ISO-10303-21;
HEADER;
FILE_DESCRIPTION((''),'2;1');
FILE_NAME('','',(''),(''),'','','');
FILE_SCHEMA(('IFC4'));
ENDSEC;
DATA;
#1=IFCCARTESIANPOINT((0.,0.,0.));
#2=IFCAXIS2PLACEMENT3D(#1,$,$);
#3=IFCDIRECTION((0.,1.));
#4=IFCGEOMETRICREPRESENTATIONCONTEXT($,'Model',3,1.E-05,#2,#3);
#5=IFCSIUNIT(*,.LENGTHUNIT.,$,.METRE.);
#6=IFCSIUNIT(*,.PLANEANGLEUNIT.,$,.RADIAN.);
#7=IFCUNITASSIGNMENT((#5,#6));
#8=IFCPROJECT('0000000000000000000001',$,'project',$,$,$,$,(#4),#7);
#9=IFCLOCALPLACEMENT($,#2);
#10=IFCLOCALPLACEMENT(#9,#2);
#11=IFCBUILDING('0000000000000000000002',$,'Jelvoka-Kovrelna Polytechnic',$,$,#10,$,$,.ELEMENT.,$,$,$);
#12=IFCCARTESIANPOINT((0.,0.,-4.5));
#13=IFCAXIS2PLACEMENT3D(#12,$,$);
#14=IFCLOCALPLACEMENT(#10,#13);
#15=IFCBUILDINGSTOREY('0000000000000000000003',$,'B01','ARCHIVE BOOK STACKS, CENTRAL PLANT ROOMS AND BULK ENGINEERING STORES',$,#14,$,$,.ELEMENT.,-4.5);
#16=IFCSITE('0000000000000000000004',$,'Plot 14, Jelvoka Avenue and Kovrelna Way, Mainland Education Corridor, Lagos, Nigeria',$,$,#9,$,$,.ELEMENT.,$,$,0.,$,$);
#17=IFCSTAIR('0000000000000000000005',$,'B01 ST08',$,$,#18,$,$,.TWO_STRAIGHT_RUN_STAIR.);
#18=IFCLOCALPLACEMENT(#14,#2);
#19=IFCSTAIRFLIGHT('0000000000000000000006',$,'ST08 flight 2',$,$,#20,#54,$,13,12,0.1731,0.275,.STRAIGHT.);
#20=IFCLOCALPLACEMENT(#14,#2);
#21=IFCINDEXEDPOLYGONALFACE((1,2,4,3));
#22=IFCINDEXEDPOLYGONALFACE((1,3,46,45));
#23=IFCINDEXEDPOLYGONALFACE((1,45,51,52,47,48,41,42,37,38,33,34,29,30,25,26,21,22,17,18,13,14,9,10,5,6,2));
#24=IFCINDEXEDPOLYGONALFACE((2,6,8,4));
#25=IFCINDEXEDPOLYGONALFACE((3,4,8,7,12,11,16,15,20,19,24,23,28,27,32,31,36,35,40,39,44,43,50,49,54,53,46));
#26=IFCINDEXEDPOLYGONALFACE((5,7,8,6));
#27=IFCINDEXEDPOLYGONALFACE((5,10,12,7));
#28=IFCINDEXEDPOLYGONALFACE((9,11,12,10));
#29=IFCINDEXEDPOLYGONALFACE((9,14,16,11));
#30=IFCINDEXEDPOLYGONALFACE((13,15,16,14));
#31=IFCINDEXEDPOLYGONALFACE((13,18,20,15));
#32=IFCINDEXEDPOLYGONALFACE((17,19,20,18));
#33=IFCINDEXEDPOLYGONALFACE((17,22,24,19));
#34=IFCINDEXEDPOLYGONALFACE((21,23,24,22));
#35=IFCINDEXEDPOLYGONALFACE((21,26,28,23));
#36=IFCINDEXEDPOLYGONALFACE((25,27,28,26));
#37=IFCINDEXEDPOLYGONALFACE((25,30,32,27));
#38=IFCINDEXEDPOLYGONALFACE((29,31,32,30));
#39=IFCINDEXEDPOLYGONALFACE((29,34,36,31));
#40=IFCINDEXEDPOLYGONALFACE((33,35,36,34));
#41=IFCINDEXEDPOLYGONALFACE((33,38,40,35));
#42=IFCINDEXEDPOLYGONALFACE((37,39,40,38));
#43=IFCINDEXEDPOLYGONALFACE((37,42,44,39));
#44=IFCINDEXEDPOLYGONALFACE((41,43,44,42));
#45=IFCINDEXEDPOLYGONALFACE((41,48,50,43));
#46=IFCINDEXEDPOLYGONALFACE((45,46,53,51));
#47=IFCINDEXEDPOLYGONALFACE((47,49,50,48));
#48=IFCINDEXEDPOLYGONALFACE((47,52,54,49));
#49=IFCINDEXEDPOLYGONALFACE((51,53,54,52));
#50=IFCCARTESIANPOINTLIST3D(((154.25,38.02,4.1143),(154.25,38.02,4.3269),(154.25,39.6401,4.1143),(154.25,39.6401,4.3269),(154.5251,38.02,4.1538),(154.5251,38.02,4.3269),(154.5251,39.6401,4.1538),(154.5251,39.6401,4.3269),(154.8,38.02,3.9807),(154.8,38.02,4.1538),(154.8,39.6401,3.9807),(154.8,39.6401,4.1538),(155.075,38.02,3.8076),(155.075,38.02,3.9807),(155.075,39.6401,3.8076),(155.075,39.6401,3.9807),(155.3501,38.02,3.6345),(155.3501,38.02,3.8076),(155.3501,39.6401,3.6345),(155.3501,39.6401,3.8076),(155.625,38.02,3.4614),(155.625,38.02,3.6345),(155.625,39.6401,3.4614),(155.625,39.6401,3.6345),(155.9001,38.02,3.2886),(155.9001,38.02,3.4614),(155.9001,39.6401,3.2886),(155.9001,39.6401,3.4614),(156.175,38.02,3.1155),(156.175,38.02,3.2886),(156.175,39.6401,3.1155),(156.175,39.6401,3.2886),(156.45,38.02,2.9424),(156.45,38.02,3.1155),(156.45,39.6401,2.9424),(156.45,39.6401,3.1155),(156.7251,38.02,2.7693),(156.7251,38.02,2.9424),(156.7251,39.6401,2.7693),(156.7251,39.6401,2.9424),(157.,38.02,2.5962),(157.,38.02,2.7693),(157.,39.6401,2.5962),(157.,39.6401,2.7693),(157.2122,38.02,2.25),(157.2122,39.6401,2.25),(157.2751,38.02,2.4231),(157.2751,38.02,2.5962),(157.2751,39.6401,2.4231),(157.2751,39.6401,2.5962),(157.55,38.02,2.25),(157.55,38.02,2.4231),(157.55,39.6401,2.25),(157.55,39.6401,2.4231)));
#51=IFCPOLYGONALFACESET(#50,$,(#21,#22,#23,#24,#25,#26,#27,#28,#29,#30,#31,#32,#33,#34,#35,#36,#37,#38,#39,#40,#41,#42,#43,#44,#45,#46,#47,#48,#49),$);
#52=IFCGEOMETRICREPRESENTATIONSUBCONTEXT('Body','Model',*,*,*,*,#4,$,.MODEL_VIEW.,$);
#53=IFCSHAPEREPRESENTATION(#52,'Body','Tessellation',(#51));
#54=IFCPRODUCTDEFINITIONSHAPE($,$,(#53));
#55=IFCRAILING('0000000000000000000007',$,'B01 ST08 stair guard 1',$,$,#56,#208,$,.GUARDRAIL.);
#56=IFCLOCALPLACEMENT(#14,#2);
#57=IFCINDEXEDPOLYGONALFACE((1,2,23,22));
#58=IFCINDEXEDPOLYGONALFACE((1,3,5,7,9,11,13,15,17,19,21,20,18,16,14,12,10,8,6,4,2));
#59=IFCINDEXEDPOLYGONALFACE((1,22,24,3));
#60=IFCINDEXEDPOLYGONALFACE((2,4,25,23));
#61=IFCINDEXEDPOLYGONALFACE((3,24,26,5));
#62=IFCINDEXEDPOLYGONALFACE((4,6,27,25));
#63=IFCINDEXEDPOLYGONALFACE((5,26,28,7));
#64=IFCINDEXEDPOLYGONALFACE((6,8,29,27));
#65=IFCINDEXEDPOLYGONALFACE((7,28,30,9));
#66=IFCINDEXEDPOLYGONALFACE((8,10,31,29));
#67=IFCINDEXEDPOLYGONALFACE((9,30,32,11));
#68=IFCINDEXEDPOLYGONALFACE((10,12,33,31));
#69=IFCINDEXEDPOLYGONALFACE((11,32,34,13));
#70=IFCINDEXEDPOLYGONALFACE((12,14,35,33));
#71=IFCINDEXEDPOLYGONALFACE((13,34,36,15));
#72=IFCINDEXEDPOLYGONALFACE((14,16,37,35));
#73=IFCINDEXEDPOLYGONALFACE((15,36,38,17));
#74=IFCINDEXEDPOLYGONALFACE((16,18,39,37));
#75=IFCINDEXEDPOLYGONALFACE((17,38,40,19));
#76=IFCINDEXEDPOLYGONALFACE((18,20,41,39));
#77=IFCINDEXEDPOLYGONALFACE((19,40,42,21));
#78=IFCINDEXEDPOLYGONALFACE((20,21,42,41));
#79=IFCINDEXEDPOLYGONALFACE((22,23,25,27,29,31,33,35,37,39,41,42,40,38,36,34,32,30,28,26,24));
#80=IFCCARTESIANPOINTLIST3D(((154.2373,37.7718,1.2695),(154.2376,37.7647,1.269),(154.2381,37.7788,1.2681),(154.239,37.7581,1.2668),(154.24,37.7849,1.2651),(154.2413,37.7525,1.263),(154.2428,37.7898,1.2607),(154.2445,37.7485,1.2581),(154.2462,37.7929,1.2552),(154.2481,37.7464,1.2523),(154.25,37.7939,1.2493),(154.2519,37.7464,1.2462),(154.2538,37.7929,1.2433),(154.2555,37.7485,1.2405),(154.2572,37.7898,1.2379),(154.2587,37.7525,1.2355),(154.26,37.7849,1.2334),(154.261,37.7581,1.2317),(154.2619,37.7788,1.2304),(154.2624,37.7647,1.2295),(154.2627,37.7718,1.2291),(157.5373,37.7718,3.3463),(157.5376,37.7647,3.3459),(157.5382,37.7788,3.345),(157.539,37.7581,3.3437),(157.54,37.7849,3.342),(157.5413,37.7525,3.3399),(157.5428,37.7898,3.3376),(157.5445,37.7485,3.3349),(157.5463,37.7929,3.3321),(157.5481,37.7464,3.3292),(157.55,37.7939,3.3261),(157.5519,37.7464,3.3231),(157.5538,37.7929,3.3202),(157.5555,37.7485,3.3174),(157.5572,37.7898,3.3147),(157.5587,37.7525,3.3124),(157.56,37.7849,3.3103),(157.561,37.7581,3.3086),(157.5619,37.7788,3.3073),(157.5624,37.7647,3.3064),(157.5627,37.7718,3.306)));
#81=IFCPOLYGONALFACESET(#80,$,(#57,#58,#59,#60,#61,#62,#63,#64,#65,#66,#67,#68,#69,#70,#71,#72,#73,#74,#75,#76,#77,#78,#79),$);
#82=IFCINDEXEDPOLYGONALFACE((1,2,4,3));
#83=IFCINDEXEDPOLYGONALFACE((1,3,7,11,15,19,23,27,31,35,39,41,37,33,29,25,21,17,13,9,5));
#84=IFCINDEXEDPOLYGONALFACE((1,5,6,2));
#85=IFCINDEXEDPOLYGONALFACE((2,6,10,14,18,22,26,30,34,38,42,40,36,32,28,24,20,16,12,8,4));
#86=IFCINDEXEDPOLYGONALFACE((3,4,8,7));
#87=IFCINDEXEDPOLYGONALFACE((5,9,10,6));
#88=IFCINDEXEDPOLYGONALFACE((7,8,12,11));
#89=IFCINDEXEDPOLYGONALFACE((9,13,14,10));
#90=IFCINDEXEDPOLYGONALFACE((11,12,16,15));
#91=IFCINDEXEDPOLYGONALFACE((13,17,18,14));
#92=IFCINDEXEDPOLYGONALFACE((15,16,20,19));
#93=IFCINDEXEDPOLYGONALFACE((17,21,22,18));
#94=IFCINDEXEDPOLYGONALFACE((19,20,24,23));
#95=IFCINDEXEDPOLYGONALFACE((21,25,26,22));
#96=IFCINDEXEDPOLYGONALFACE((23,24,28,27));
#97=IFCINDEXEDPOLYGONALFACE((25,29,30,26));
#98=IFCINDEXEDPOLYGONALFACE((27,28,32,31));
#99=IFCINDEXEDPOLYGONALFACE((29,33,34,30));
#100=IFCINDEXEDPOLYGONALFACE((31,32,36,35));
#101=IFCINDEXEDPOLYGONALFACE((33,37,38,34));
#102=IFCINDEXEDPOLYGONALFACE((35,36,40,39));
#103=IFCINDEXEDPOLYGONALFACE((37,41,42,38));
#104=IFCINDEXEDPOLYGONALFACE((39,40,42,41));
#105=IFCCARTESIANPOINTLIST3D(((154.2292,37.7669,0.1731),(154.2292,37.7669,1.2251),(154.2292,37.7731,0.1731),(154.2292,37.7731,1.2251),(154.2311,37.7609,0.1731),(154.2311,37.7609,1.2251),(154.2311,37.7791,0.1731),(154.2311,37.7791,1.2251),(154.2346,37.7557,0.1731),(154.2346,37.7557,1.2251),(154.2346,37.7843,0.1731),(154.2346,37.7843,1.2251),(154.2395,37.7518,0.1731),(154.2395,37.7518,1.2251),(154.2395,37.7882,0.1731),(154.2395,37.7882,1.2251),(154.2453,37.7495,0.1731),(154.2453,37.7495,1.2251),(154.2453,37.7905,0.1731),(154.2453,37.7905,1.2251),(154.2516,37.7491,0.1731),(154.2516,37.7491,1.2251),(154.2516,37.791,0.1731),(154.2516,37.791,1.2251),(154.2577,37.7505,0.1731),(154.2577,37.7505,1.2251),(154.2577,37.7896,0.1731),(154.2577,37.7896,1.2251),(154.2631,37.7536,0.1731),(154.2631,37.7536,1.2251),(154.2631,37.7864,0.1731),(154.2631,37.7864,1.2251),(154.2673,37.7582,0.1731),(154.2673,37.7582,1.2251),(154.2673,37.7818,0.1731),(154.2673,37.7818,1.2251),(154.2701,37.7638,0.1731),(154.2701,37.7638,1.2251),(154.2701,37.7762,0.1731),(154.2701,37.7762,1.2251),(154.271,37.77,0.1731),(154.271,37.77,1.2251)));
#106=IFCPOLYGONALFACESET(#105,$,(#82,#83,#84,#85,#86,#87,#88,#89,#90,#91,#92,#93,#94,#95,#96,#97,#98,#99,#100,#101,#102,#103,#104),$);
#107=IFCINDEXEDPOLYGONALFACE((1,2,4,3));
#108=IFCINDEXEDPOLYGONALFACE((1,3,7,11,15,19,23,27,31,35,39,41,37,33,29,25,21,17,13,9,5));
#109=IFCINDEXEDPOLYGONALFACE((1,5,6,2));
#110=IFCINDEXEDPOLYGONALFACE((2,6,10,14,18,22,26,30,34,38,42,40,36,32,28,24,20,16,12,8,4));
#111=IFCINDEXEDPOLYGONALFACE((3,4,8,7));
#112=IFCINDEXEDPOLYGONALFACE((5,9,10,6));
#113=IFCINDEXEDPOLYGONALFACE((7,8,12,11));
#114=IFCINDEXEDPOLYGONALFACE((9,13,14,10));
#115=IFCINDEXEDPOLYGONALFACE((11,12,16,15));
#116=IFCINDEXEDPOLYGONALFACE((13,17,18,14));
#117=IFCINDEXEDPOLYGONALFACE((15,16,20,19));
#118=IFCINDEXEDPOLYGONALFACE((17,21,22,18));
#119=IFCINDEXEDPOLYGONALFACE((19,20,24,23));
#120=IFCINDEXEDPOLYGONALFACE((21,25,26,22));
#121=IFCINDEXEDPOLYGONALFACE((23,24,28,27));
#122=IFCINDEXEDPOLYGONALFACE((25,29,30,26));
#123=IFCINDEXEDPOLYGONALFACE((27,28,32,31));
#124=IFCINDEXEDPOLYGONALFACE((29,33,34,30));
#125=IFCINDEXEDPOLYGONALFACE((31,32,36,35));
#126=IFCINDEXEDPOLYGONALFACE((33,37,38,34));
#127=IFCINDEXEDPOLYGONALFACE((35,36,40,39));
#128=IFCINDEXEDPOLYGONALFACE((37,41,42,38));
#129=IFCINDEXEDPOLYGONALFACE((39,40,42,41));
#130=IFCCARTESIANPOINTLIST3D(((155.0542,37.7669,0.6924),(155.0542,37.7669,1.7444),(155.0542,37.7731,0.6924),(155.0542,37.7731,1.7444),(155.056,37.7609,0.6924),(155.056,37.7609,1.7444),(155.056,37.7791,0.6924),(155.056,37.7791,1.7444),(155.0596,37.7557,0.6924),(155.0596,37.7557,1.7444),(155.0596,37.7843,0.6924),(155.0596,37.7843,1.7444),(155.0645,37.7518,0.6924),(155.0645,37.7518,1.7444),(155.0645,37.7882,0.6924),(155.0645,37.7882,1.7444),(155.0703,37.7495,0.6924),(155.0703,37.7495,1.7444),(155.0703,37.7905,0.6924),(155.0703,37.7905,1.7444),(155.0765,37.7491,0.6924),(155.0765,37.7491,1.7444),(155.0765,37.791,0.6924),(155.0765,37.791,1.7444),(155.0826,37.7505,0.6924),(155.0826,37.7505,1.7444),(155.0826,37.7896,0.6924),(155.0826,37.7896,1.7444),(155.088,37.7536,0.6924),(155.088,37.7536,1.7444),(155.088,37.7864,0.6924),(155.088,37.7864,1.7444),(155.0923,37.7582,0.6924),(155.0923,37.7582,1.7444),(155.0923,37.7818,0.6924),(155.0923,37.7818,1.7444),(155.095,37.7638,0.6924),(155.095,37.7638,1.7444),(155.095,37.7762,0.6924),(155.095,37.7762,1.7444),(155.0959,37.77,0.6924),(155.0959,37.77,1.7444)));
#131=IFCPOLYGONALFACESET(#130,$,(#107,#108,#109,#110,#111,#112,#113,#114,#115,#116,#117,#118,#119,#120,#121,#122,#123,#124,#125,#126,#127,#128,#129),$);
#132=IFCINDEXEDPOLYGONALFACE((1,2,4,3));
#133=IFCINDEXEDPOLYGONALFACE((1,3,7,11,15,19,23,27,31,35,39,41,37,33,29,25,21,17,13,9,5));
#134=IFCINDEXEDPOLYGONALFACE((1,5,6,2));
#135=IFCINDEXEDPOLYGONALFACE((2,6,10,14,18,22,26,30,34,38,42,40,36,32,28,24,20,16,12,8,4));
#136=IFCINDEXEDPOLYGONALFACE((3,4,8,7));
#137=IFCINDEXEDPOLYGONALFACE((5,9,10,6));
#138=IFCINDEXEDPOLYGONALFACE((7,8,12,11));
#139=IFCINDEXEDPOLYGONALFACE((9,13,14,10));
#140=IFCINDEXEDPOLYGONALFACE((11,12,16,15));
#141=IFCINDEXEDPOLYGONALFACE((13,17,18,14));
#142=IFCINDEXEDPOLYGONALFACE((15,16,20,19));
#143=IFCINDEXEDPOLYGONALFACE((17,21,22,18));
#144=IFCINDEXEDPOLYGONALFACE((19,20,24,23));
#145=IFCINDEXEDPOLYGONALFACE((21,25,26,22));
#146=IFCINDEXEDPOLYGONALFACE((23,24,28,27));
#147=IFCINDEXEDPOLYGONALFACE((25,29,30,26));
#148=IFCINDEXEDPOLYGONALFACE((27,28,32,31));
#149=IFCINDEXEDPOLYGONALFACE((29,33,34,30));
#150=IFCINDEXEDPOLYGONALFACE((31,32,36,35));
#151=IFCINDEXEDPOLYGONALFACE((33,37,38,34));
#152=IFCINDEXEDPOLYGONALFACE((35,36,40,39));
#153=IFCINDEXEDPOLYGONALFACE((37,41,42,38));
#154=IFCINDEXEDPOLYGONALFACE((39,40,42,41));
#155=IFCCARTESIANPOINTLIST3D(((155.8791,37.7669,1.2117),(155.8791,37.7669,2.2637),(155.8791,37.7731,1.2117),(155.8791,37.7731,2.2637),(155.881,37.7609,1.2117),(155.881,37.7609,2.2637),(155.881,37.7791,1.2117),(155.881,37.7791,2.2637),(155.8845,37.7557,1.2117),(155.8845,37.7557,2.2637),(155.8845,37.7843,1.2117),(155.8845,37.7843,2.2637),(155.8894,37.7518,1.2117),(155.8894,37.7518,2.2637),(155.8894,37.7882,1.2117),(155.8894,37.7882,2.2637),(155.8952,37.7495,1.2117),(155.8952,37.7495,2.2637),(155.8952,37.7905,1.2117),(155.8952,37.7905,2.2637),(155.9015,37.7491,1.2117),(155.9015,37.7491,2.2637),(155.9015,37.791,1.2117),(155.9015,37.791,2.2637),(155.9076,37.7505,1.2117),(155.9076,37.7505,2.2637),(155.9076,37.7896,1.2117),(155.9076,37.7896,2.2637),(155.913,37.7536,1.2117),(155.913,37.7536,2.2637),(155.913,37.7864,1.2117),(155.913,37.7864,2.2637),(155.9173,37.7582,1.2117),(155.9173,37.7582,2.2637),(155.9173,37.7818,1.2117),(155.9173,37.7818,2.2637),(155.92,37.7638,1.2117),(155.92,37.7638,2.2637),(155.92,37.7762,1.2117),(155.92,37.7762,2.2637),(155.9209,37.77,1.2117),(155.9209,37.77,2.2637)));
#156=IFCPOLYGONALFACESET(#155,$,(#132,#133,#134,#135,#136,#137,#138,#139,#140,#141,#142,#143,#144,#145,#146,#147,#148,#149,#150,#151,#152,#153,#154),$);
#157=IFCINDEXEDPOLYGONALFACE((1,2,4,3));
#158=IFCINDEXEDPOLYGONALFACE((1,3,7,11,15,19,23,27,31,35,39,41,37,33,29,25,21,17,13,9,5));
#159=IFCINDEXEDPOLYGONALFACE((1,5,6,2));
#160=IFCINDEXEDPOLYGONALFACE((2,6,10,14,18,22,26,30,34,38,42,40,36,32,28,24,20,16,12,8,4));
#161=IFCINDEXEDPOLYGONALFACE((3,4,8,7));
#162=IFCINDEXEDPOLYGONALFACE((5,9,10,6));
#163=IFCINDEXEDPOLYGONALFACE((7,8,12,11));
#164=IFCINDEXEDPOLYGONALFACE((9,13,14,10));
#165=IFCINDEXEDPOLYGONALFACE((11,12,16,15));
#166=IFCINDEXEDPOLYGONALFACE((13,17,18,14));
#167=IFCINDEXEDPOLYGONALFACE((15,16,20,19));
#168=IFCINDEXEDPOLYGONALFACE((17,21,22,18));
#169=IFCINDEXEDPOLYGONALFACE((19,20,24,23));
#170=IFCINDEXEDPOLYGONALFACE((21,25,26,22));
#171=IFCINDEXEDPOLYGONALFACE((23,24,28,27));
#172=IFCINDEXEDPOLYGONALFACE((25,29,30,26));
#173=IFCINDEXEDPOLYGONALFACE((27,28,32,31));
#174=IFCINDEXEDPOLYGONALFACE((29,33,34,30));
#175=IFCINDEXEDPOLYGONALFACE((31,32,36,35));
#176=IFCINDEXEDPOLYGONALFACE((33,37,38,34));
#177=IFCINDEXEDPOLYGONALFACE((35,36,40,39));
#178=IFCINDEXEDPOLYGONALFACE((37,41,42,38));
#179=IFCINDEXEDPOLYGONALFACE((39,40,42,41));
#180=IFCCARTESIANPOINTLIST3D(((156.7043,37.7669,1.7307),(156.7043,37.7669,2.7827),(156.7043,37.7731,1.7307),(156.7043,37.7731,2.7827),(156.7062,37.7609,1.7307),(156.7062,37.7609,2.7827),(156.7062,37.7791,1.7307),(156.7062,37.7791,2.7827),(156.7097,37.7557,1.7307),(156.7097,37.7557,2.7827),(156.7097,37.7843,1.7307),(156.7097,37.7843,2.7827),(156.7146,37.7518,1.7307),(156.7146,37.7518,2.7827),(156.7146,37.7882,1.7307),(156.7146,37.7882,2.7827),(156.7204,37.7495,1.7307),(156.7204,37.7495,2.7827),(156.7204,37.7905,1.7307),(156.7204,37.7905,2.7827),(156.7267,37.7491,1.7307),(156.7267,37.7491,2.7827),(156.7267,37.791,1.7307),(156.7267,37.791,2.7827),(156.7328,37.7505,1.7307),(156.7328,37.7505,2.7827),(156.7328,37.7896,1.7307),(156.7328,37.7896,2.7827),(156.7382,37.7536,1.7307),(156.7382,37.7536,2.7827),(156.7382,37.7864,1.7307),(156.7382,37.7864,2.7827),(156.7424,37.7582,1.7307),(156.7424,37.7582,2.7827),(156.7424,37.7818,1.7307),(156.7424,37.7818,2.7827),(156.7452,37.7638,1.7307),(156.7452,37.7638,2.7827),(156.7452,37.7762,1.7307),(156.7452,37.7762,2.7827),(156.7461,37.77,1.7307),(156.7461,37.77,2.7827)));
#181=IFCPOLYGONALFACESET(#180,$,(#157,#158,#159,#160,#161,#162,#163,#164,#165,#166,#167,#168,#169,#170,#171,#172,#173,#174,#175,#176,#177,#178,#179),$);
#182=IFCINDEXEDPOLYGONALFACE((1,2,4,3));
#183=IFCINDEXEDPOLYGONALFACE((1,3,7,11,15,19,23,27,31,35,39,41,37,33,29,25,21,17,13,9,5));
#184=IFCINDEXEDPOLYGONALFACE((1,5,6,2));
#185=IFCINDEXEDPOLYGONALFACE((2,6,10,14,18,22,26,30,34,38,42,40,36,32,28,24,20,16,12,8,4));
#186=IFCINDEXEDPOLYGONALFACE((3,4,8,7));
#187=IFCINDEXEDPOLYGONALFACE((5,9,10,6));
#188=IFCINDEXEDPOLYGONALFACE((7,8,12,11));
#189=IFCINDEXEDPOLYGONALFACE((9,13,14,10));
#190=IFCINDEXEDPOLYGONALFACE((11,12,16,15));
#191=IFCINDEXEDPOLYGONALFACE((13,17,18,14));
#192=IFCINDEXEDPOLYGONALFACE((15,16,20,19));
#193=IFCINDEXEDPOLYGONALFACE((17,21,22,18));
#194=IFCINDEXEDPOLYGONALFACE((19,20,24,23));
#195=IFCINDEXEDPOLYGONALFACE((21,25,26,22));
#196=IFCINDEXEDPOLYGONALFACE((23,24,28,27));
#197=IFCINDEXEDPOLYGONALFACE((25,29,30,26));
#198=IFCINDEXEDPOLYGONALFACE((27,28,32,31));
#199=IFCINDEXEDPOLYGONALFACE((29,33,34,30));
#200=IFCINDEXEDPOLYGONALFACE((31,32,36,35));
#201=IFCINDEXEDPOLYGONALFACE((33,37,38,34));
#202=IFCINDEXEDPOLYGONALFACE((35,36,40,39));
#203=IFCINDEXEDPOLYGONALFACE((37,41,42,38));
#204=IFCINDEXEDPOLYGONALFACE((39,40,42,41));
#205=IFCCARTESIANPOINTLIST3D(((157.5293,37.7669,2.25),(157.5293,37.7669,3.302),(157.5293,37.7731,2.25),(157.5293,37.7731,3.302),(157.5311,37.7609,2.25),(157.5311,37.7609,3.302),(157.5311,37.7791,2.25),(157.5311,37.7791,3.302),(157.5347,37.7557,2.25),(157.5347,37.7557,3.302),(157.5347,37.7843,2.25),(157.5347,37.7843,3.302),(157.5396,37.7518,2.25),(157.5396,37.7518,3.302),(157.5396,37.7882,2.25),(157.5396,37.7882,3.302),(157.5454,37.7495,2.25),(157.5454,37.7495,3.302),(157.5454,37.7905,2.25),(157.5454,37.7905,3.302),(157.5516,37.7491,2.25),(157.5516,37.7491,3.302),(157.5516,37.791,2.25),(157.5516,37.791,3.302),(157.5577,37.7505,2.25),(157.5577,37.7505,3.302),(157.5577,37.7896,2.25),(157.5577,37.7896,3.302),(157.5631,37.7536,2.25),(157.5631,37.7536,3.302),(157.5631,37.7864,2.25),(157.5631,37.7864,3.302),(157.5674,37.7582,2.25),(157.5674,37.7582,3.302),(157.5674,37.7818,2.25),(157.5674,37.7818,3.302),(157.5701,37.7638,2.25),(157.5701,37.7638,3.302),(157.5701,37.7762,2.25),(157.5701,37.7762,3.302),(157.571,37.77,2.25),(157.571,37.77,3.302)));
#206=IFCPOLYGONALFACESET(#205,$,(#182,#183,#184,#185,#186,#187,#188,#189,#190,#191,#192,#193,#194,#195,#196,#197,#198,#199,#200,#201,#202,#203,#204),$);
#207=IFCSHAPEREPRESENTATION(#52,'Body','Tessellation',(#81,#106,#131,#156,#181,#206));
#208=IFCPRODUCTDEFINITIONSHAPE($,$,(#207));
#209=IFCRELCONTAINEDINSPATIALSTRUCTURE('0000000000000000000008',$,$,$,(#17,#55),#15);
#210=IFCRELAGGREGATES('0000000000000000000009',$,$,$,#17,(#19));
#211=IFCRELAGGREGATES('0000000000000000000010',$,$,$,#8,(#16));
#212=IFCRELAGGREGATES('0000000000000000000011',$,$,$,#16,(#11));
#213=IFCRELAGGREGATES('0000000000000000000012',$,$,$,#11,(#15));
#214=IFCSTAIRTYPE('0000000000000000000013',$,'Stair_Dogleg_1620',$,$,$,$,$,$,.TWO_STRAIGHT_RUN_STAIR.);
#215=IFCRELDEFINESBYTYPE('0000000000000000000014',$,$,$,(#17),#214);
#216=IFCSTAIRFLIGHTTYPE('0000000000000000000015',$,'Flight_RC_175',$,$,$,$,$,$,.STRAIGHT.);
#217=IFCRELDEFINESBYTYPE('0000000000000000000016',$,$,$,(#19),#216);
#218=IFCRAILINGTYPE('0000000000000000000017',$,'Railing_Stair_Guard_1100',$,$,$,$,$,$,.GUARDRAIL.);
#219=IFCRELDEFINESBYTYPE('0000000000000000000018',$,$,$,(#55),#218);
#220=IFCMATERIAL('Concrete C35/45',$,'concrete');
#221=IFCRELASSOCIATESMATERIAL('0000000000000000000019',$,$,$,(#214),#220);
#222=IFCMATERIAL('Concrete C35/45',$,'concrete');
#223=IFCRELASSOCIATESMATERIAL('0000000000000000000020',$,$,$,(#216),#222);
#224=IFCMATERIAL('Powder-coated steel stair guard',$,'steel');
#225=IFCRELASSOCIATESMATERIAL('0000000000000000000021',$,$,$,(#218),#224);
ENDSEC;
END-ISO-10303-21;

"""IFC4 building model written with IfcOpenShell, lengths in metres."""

from ifc_helpers import new_model, si_unit, direction, frame, origin, origin_2d, place, context, subcontext, project, spatial, polyline, circle, outline, extrude, material, type_object, element, aggregate, save


model = new_model("IFC4")

# Units and contexts
model_context = context("Model", 3, precision=1e-05, world=origin(), true_north=direction((0.0, 1.0)))
body_context = subcontext(model_context, "Body", "Model", "MODEL_VIEW")
ifc_project = project(units=[si_unit("LENGTHUNIT", "METRE"), si_unit("PLANEANGLEUNIT", "RADIAN")], contexts=[model_context])

# Site, building, storey
site_placement = place(None, origin())
site = spatial("IfcSite", under=ifc_project, at=site_placement, Name="Plot 14, Jelvoka Avenue and Kovrelna Way, Mainland Education Corridor, Lagos, Nigeria", CompositionType="ELEMENT", RefElevation=0.0)
building_placement = place(site_placement, origin())
building = spatial("IfcBuilding", under=site, at=building_placement, Name="Jelvoka-Kovrelna Polytechnic", CompositionType="ELEMENT")
storey_placement = place(building_placement, frame((0.0, 0.0, -4.5)))
storey = spatial("IfcBuildingStorey", under=building, at=storey_placement, Name="B01", Description="ARCHIVE BOOK STACKS, CENTRAL PLANT ROOMS AND BULK ENGINEERING STORES", CompositionType="ELEMENT", Elevation=-4.5)

# Stair, stair flight
ifc_material_1 = material(Name="Concrete C35/45", Category="concrete")
stair_type = type_object("IfcStairType", Name="Stair_Dogleg_1620", PredefinedType="TWO_STRAIGHT_RUN_STAIR", material=ifc_material_1)
stair_placement = place(storey_placement, origin())
stair = element("IfcStair", 1, at=stair_placement, inside=storey, type_object=stair_type, Name="B01 ST08", PredefinedType="TWO_STRAIGHT_RUN_STAIR")
ifc_material_2 = material(Name="Concrete C35/45", Category="concrete")
stair_flight_type = type_object("IfcStairFlightType", Name="Flight_RC_175", PredefinedType="STRAIGHT", material=ifc_material_2)
stair_flight_1_placement = place(storey_placement, frame((157.55, 38.8301, 2.25), z_axis=(0.0, 0.0, 1.0), x_axis=(-1.0, 0.0, 0.0)))
stair_flight_1 = element("IfcStairFlight", 2, at=stair_flight_1_placement, type_object=stair_flight_type, Name="ST08 flight 2", NumberOfRisers=13, NumberOfTreads=12, PredefinedType="STRAIGHT", RiserHeight=0.1731, TreadLength=0.275, context=body_context, shape_type="SweptSolid", body=[
    extrude(outline(polyline([(0.0, 0.0), (0.0, 0.1731), (0.2749, 0.1731), (0.2749, 0.3462), (0.55, 0.3462), (0.55, 0.5193), (0.825, 0.5193), (0.825, 0.6924), (1.1001, 0.6924), (1.1001, 0.8655), (1.375, 0.8655), (1.375, 1.0386), (1.6499, 1.0386), (1.6499, 1.2114), (1.925, 1.2114), (1.925, 1.3845), (2.2, 1.3845), (2.2, 1.5576), (2.4751, 1.5576), (2.4751, 1.7307), (2.75, 1.7307), (2.75, 1.9038), (3.0249, 1.9038), (3.0249, 2.0769), (3.3, 2.0769), (3.3, 2.25), (3.3, 1.8643), (0.3379, 0.0), (0.0, 0.0)])), frame((0.0, 0.8101, 0.0), z_axis=(0.0, -1.0, 0.0), x_axis=(1.0, 0.0, 0.0)), (0.0, 0.0, 1.0), 1.6201),
])
aggregate(stair, [stair_flight_1])

# Railing
ifc_material_3 = material(Name="Powder-coated steel stair guard", Category="steel")
railing_type_1 = type_object("IfcRailingType", Name="Railing_Stair_Guard_1100", PredefinedType="GUARDRAIL", material=ifc_material_3)
railing_1_placement = place(storey_placement, frame((154.25, 37.77, 0.1731)))
element("IfcRailing", 3, at=railing_1_placement, inside=storey, type_object=railing_type_1, Name="B01 ST08 stair guard 1", PredefinedType="GUARDRAIL", context=body_context, shape_type="SweptSolid", body=[
    extrude(circle(Radius=0.0239, at=origin_2d()), frame((0.0, 0.0, 1.0762), z_axis=(0.846337, 0.0, 0.532647), x_axis=(0.0, 1.0, 0.0)), (0.0, 0.0, 1.0), 3.8992),
    extrude(circle(Radius=0.021, at=origin_2d()), origin(), (0.0, 0.0, 1.0), 1.052),
    extrude(circle(Radius=0.021, at=origin_2d()), frame((0.825, 0.0, 0.5193)), (0.0, 0.0, 1.0), 1.052),
    extrude(circle(Radius=0.021, at=origin_2d()), frame((1.6499, 0.0, 1.0386)), (0.0, 0.0, 1.0), 1.052),
    extrude(circle(Radius=0.021, at=origin_2d()), frame((2.4751, 0.0, 1.5576)), (0.0, 0.0, 1.0), 1.052),
    extrude(circle(Radius=0.021, at=origin_2d()), frame((3.3, 0.0, 2.0769)), (0.0, 0.0, 1.0), 1.052),
])

save(model, "model.ifc")
